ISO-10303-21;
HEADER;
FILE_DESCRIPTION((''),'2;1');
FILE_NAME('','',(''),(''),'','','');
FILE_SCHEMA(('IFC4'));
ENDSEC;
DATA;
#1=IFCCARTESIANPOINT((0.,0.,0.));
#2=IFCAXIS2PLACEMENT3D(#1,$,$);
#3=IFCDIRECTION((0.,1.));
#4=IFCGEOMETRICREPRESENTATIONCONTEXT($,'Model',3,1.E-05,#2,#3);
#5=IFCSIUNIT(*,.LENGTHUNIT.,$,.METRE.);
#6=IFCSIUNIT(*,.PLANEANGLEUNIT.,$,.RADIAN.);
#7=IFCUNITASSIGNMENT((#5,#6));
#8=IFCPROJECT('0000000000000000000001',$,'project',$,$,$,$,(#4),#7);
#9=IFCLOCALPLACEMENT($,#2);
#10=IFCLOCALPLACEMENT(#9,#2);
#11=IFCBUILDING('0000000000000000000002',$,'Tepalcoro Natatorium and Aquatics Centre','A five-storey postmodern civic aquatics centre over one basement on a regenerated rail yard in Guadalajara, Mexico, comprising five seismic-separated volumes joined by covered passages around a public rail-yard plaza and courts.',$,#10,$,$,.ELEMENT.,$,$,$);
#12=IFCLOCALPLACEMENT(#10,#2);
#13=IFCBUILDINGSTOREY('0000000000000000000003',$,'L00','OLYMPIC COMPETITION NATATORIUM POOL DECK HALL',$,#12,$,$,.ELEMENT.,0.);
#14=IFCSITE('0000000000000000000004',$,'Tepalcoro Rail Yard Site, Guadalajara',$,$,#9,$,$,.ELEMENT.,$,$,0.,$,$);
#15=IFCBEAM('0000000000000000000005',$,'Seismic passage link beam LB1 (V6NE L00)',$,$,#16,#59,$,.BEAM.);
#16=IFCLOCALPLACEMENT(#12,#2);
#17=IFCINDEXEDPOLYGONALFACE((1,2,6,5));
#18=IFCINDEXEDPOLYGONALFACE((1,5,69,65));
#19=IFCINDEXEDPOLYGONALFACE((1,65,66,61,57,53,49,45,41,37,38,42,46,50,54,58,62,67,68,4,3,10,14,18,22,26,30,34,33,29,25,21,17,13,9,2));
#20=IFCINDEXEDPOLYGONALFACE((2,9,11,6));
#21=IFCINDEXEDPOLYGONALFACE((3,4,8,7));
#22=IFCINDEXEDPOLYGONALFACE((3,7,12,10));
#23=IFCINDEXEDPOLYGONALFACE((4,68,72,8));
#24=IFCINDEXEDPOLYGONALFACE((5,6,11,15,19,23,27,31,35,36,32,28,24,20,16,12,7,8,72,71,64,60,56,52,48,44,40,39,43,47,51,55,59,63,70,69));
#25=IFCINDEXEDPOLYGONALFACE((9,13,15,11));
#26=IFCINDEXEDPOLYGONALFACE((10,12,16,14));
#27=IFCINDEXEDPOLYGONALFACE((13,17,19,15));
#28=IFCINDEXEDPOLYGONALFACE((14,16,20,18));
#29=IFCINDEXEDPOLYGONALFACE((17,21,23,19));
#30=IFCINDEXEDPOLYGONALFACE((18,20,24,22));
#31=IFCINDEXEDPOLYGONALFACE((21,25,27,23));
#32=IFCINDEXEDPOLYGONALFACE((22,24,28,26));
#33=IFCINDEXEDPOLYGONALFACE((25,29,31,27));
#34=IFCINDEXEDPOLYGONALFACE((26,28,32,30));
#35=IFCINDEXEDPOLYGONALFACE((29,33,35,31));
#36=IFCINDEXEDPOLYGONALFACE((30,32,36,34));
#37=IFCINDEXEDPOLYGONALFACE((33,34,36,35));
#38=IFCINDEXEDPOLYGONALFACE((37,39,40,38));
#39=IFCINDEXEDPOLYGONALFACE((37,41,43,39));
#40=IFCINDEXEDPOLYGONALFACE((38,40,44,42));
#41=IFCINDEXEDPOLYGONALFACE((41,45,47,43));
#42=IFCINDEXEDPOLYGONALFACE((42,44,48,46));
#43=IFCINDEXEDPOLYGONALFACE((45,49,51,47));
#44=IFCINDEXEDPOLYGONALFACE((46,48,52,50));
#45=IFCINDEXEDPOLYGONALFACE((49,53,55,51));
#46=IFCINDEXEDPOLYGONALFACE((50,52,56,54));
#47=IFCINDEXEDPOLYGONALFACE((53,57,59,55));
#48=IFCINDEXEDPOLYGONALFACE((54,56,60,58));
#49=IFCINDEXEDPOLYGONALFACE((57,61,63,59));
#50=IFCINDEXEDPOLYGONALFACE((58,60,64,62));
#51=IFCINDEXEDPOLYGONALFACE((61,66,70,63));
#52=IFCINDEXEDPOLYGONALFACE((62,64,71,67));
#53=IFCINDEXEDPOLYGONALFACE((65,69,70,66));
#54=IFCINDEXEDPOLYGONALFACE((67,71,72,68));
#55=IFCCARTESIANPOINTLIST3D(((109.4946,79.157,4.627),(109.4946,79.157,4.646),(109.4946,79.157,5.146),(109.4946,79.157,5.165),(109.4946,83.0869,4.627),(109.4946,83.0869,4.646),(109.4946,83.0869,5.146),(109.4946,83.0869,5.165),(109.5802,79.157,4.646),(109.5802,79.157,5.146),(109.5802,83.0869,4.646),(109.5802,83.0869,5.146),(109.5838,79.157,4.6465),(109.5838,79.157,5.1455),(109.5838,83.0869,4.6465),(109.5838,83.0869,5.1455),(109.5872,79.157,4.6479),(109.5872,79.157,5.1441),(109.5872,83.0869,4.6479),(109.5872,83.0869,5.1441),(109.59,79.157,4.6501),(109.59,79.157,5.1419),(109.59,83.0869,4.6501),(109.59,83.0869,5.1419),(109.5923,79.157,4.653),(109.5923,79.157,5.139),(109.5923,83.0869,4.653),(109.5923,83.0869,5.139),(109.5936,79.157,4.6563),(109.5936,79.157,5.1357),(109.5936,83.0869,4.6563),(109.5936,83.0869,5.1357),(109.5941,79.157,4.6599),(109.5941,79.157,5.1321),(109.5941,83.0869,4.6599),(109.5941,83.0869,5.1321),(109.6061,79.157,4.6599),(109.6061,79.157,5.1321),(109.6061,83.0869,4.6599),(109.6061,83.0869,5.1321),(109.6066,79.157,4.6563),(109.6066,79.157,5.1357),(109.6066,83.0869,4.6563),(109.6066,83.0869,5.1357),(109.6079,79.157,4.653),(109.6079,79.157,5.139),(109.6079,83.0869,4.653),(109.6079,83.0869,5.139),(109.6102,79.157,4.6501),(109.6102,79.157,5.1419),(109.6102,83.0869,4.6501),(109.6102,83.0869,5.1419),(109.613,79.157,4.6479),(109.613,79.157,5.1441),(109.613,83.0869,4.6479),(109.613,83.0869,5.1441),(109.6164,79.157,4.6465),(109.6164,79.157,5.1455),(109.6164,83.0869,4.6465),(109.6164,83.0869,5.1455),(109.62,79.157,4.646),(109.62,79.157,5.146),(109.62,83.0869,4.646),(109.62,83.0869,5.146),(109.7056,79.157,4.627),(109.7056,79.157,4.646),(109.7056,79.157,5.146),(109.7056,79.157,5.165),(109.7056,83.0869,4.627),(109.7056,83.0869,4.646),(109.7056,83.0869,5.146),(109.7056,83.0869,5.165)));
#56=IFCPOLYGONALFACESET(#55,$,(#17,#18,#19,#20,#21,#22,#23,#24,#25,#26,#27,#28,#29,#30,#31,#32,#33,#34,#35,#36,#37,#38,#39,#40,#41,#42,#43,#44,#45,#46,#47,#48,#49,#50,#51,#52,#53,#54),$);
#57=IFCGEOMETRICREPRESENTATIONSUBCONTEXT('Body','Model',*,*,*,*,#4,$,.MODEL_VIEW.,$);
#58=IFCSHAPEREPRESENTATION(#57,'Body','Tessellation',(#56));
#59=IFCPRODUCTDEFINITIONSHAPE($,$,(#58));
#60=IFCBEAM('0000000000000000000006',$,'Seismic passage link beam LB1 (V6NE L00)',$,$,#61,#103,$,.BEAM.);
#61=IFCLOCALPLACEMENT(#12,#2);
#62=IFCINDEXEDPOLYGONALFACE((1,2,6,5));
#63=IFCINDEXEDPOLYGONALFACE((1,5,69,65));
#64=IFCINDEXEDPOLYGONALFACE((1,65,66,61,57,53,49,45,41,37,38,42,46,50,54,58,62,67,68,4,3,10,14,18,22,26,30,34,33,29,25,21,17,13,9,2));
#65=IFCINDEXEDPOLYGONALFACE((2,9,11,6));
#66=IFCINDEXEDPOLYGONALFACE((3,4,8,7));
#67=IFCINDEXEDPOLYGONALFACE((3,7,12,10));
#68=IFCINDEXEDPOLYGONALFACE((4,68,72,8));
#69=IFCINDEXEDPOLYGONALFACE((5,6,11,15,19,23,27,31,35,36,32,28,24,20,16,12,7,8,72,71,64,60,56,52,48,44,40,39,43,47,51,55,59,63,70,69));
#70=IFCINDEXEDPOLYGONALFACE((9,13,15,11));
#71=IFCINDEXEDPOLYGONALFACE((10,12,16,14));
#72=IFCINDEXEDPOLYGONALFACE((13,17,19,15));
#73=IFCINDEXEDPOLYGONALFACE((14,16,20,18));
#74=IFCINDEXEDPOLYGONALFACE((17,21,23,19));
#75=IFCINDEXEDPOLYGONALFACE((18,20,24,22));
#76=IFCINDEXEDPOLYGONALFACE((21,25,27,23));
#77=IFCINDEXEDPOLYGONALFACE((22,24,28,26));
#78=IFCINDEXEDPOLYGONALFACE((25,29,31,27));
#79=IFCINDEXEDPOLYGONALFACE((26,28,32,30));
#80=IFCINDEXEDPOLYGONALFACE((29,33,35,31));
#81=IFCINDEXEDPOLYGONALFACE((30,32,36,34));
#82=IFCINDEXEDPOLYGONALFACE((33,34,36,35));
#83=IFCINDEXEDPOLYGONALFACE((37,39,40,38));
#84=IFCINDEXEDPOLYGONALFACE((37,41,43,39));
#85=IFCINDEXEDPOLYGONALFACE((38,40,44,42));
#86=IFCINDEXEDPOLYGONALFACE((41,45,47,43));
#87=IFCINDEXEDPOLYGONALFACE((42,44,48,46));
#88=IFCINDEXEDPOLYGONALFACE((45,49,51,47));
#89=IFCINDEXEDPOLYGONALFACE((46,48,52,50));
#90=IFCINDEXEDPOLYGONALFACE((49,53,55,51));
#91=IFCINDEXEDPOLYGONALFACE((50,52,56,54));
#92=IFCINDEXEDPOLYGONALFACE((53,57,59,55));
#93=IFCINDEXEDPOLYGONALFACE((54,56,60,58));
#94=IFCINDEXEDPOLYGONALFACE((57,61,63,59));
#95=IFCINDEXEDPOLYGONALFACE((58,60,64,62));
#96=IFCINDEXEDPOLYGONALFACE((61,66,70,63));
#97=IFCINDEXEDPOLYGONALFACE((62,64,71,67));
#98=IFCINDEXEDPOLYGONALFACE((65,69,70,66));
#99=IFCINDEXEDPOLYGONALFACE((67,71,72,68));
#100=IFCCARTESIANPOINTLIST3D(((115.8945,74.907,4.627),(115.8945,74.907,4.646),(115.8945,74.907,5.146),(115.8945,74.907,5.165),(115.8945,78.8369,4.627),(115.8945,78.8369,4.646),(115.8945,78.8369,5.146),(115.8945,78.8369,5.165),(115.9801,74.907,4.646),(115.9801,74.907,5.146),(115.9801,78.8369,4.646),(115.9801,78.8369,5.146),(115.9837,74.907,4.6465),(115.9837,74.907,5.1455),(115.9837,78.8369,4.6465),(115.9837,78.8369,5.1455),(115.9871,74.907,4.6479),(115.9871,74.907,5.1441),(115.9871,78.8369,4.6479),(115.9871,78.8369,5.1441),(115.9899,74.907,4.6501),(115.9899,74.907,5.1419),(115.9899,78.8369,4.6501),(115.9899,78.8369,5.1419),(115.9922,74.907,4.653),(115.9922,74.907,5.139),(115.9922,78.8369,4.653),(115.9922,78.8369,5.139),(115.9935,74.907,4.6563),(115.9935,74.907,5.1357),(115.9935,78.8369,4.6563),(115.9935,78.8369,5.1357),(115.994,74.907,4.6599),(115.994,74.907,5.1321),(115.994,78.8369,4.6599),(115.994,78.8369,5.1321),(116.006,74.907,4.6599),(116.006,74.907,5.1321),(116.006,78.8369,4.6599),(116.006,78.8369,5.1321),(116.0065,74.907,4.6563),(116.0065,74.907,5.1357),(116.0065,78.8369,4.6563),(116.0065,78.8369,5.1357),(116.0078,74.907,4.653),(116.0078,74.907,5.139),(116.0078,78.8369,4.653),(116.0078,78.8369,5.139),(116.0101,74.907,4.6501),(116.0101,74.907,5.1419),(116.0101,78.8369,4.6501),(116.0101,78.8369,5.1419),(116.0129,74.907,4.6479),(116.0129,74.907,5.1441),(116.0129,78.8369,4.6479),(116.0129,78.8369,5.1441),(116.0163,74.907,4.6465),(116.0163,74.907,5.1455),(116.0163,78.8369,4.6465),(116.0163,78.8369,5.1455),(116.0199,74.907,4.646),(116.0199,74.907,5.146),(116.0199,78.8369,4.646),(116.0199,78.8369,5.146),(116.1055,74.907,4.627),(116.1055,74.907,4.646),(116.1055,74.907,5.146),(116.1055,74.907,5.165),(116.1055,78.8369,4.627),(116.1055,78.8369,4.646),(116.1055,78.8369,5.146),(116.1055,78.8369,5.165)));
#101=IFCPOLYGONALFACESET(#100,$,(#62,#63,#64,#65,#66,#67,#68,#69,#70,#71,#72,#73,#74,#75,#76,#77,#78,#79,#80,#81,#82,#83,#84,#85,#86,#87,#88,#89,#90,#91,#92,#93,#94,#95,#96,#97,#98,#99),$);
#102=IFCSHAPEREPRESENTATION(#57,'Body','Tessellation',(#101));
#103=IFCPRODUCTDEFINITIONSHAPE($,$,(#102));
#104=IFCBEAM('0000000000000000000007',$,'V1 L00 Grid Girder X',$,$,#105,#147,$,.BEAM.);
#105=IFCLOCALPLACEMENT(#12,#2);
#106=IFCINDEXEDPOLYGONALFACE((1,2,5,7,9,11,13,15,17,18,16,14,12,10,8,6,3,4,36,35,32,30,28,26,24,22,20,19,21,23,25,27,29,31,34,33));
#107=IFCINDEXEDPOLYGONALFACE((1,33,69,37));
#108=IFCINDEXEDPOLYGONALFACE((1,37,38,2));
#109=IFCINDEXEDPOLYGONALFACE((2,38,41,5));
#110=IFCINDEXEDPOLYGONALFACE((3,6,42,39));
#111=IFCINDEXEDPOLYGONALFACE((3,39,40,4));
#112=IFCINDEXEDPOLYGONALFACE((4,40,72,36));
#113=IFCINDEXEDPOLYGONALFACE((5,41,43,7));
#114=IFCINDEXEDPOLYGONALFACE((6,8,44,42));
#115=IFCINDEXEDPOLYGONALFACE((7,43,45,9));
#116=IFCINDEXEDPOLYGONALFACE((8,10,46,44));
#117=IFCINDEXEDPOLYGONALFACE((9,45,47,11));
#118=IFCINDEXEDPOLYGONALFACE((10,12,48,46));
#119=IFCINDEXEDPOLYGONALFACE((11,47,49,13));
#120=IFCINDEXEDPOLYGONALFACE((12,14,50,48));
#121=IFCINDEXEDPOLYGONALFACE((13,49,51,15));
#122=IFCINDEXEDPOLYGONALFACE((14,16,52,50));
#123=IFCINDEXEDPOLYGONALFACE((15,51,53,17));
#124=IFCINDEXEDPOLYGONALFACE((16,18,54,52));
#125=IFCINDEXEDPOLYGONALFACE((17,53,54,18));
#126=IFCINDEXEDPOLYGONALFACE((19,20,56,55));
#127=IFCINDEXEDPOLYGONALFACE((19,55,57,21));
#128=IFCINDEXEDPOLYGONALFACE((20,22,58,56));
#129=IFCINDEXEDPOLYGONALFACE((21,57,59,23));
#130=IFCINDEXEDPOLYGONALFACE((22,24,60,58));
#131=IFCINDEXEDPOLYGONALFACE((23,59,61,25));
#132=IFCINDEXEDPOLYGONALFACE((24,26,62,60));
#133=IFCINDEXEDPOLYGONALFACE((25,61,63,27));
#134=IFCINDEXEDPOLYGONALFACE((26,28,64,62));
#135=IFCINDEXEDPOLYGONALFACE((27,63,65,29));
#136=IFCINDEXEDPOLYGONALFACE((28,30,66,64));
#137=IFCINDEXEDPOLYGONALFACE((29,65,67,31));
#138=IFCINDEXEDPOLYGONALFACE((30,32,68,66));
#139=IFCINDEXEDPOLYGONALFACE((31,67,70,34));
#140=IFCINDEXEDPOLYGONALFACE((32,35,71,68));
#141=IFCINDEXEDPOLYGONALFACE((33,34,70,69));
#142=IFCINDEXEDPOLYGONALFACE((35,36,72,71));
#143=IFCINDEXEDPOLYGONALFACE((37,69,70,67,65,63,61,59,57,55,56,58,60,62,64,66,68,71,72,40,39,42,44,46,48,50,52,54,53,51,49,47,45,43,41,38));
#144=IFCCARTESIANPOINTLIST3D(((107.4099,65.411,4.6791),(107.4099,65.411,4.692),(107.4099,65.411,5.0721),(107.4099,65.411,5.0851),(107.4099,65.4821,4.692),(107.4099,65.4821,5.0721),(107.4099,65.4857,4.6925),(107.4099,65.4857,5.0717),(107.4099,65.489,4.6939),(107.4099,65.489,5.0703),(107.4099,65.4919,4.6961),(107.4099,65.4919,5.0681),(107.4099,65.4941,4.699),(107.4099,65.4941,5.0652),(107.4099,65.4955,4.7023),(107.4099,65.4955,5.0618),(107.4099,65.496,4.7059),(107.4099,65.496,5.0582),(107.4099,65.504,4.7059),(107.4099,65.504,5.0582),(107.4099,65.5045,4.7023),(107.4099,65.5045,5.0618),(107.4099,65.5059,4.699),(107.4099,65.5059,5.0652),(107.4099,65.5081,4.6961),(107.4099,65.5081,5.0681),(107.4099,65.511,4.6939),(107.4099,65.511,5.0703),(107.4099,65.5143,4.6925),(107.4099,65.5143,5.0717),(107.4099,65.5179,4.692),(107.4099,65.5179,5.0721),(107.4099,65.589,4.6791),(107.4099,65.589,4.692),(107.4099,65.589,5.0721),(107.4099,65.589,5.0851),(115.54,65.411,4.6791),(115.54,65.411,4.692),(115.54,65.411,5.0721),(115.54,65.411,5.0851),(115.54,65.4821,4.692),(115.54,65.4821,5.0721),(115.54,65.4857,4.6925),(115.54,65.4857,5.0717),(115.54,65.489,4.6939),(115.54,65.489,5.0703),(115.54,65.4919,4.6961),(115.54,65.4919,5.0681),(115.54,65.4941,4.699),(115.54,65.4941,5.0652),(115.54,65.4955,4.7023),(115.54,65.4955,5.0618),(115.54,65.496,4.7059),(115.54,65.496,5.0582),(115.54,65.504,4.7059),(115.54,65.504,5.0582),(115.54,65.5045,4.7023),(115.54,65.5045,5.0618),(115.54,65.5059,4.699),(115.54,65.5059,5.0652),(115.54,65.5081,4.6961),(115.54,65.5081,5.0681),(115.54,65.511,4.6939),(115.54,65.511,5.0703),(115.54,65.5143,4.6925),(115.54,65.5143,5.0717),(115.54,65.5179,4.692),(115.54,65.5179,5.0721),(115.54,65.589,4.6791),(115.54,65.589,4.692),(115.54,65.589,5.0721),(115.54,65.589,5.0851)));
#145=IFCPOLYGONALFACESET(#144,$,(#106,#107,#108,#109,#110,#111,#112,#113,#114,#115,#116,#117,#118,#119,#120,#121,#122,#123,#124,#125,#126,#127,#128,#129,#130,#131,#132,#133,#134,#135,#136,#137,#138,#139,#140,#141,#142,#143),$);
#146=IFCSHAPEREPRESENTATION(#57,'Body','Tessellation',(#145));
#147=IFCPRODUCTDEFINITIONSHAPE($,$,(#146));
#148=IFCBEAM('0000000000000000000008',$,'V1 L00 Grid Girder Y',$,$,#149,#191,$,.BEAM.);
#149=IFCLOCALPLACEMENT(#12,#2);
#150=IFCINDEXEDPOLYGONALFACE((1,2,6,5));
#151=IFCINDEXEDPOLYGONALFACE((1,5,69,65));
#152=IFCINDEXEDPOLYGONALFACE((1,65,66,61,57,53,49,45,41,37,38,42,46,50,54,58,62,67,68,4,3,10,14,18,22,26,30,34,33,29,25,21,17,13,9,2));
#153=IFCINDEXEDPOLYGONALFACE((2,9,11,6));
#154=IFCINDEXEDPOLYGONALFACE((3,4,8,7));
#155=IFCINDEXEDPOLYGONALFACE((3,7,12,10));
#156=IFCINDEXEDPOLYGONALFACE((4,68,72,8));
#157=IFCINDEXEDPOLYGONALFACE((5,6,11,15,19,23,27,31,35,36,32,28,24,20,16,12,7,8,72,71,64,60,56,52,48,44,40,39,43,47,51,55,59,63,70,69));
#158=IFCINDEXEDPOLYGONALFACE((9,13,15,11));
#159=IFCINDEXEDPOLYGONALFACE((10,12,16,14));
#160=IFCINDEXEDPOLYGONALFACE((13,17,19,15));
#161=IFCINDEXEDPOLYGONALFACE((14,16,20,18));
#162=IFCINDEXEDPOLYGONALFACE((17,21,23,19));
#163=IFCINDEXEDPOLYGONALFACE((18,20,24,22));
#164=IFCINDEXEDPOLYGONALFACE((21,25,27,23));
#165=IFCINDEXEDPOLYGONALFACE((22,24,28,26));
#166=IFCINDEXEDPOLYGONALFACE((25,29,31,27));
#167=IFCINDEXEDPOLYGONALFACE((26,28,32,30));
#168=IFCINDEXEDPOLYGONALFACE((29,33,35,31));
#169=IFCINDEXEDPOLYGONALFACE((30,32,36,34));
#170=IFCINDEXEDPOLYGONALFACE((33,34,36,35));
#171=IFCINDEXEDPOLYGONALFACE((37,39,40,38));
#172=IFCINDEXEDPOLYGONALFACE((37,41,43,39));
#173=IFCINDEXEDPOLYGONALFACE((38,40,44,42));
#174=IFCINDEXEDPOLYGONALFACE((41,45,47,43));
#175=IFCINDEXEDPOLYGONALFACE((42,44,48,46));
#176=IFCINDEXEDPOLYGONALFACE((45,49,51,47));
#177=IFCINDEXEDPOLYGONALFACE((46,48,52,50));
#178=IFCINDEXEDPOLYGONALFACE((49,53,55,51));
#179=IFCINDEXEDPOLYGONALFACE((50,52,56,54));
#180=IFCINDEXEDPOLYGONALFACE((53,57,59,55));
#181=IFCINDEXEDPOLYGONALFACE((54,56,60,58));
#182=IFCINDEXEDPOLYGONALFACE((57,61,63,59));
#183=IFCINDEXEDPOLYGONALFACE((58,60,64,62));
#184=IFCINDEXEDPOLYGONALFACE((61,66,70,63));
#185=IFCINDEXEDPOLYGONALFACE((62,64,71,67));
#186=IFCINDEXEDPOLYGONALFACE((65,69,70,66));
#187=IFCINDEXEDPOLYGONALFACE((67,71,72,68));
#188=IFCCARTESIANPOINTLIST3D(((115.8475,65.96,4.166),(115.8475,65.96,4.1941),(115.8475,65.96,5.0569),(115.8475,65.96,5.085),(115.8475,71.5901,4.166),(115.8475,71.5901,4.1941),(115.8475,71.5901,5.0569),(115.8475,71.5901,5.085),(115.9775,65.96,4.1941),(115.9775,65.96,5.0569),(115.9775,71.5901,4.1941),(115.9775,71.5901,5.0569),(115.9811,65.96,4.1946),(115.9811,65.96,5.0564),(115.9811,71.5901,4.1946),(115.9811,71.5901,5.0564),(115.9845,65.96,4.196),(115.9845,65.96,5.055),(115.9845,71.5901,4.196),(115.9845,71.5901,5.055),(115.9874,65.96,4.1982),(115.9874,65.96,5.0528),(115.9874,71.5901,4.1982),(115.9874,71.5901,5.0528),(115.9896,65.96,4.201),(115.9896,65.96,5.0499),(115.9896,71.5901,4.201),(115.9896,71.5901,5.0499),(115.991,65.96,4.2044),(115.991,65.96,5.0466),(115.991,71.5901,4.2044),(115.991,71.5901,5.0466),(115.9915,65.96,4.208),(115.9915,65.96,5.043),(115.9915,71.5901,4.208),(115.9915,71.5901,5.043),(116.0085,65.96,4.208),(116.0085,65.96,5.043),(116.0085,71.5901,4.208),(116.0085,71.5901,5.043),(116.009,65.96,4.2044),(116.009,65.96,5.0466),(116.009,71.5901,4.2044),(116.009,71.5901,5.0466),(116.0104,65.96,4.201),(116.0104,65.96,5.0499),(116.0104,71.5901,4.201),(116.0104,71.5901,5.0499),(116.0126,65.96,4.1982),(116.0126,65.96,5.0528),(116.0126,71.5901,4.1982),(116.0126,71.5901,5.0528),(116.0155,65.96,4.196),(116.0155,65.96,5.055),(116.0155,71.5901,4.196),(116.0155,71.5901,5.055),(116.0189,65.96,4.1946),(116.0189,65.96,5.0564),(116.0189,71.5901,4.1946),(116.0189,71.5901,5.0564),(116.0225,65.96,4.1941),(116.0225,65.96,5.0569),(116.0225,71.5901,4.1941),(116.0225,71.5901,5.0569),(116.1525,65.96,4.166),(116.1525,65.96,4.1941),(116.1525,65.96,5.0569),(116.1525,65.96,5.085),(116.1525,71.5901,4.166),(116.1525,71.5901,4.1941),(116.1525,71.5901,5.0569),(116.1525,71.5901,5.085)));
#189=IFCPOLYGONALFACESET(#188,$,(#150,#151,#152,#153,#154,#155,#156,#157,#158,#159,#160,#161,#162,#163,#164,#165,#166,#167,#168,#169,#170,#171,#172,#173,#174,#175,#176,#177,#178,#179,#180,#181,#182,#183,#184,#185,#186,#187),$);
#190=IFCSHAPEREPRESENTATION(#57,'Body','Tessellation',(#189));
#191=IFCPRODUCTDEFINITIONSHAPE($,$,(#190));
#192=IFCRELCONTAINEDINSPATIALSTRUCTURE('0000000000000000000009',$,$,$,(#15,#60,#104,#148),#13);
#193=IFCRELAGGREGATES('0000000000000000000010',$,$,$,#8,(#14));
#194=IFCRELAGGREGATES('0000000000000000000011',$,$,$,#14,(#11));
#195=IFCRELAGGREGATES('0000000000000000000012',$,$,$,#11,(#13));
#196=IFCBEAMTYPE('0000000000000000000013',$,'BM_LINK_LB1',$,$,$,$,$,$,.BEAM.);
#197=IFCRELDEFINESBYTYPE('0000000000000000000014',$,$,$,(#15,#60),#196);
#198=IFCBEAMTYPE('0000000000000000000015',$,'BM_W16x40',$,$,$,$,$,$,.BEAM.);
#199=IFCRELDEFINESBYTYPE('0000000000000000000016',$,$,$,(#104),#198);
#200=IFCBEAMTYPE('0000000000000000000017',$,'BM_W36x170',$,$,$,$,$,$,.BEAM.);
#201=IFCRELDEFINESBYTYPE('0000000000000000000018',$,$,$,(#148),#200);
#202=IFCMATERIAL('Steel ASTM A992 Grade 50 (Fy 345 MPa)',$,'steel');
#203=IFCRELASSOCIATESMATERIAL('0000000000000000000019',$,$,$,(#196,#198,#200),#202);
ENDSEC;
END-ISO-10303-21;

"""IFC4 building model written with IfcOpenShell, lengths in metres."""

from ifc_helpers import new_model, si_unit, direction, frame, origin, origin_2d, place, context, subcontext, project, spatial, i_section, extrude, material, material_profile, profile_set, type_object, element, save


model = new_model("IFC4")

# Units and contexts
model_context = context("Model", 3, precision=1e-05, world=origin(), true_north=direction((0.0, 1.0)))
body_context = subcontext(model_context, "Body", "Model", "MODEL_VIEW")
ifc_project = project(units=[si_unit("LENGTHUNIT", "METRE"), si_unit("PLANEANGLEUNIT", "RADIAN")], contexts=[model_context])

# Site, building, storey
site_placement = place(None, origin())
site = spatial("IfcSite", under=ifc_project, at=site_placement, Name="Tepalcoro Rail Yard Site, Guadalajara", CompositionType="ELEMENT", RefElevation=0.0)
building_placement = place(site_placement, origin())
building = spatial("IfcBuilding", under=site, at=building_placement, Name="Tepalcoro Natatorium and Aquatics Centre", Description="A five-storey postmodern civic aquatics centre over one basement on a regenerated rail yard in Guadalajara, Mexico, comprising five seismic-separated volumes joined by covered passages around a public rail-yard plaza and courts.", CompositionType="ELEMENT")
storey_placement = place(building_placement, origin())
storey = spatial("IfcBuildingStorey", under=building, at=storey_placement, Name="L00", Description="OLYMPIC COMPETITION NATATORIUM POOL DECK HALL", CompositionType="ELEMENT", Elevation=0.0)

# Shared definitions
ifc_material_1 = material(Name="Steel ASTM A992 Grade 50 (Fy 345 MPa)", Category="steel")

# Beams
ifc_material_profile_1 = material_profile(ifc_material_1, i_section(OverallWidth=0.2109, OverallDepth=0.5381, WebThickness=0.012, FlangeThickness=0.019, FilletRadius=0.0139, at=origin_2d()), Name="W21X73")
ifc_profile_set_1 = profile_set([ifc_material_profile_1], Name="Steel ASTM A992 Grade 50 (Fy 345 MPa)")
beam_type_1 = type_object("IfcBeamType", Name="BM_LINK_LB1", PredefinedType="BEAM", material=ifc_profile_set_1)
for number, where, z_axis, x_axis, name in (
    (1, (109.6001, 79.157, 4.896), (0.0, 1.0, 0.0), (-1.0, 0.0, 0.0), "Seismic passage link beam LB1 (V6NE L00)"),
    (2, (116.0, 74.907, 4.896), (0.0, 1.0, 0.0), (-1.0, 0.0, 0.0), "Seismic passage link beam LB1 (V6NE L00)"),
):
    element("IfcBeam", number, at=place(storey_placement, frame(where, z_axis=z_axis, x_axis=x_axis)), inside=storey, type_object=beam_type_1, Name=name, PredefinedType="BEAM", context=body_context, shape_type="SweptSolid", body=[
        extrude(i_section(OverallWidth=0.2109, OverallDepth=0.5381, WebThickness=0.012, FlangeThickness=0.019, FilletRadius=0.0139, at=origin_2d()), origin(), (0.0, 0.0, 1.0), 3.9299),
    ])
ifc_material_profile_2 = material_profile(ifc_material_1, i_section(OverallWidth=0.178, OverallDepth=0.406, WebThickness=0.0081, FlangeThickness=0.0129, FilletRadius=0.0139, at=origin_2d()), Name="W16X40")
ifc_profile_set_2 = profile_set([ifc_material_profile_2], Name="Steel ASTM A992 Grade 50 (Fy 345 MPa)")
beam_type_2 = type_object("IfcBeamType", Name="BM_W16x40", PredefinedType="BEAM", material=ifc_profile_set_2)
beam_1_placement = place(storey_placement, frame((107.4099, 65.5, 4.8821), z_axis=(1.0, 0.0, 0.0), x_axis=(0.0, 1.0, 0.0)))
element("IfcBeam", 3, at=beam_1_placement, inside=storey, type_object=beam_type_2, Name="V1 L00 Grid Girder X", PredefinedType="BEAM", context=body_context, shape_type="SweptSolid", body=[
    extrude(i_section(OverallWidth=0.178, OverallDepth=0.406, WebThickness=0.0081, FlangeThickness=0.0129, FilletRadius=0.0139, at=origin_2d()), origin(), (0.0, 0.0, 1.0), 8.1301),
])
ifc_material_profile_3 = material_profile(ifc_material_1, i_section(OverallWidth=0.3049, OverallDepth=0.9189, WebThickness=0.0171, FlangeThickness=0.0281, FilletRadius=0.0139, at=origin_2d()), Name="W36X170")
ifc_profile_set_3 = profile_set([ifc_material_profile_3], Name="Steel ASTM A992 Grade 50 (Fy 345 MPa)")
beam_type_3 = type_object("IfcBeamType", Name="BM_W36x170", PredefinedType="BEAM", material=ifc_profile_set_3)
beam_2_placement = place(storey_placement, frame((116.0, 65.96, 4.6255), z_axis=(0.0, 1.0, 0.0), x_axis=(-1.0, 0.0, 0.0)))
element("IfcBeam", 4, at=beam_2_placement, inside=storey, type_object=beam_type_3, Name="V1 L00 Grid Girder Y", PredefinedType="BEAM", context=body_context, shape_type="SweptSolid", body=[
    extrude(i_section(OverallWidth=0.3049, OverallDepth=0.9189, WebThickness=0.0171, FlangeThickness=0.0281, FilletRadius=0.0139, at=origin_2d()), origin(), (0.0, 0.0, 1.0), 5.6301),
])

save(model, "model.ifc")
